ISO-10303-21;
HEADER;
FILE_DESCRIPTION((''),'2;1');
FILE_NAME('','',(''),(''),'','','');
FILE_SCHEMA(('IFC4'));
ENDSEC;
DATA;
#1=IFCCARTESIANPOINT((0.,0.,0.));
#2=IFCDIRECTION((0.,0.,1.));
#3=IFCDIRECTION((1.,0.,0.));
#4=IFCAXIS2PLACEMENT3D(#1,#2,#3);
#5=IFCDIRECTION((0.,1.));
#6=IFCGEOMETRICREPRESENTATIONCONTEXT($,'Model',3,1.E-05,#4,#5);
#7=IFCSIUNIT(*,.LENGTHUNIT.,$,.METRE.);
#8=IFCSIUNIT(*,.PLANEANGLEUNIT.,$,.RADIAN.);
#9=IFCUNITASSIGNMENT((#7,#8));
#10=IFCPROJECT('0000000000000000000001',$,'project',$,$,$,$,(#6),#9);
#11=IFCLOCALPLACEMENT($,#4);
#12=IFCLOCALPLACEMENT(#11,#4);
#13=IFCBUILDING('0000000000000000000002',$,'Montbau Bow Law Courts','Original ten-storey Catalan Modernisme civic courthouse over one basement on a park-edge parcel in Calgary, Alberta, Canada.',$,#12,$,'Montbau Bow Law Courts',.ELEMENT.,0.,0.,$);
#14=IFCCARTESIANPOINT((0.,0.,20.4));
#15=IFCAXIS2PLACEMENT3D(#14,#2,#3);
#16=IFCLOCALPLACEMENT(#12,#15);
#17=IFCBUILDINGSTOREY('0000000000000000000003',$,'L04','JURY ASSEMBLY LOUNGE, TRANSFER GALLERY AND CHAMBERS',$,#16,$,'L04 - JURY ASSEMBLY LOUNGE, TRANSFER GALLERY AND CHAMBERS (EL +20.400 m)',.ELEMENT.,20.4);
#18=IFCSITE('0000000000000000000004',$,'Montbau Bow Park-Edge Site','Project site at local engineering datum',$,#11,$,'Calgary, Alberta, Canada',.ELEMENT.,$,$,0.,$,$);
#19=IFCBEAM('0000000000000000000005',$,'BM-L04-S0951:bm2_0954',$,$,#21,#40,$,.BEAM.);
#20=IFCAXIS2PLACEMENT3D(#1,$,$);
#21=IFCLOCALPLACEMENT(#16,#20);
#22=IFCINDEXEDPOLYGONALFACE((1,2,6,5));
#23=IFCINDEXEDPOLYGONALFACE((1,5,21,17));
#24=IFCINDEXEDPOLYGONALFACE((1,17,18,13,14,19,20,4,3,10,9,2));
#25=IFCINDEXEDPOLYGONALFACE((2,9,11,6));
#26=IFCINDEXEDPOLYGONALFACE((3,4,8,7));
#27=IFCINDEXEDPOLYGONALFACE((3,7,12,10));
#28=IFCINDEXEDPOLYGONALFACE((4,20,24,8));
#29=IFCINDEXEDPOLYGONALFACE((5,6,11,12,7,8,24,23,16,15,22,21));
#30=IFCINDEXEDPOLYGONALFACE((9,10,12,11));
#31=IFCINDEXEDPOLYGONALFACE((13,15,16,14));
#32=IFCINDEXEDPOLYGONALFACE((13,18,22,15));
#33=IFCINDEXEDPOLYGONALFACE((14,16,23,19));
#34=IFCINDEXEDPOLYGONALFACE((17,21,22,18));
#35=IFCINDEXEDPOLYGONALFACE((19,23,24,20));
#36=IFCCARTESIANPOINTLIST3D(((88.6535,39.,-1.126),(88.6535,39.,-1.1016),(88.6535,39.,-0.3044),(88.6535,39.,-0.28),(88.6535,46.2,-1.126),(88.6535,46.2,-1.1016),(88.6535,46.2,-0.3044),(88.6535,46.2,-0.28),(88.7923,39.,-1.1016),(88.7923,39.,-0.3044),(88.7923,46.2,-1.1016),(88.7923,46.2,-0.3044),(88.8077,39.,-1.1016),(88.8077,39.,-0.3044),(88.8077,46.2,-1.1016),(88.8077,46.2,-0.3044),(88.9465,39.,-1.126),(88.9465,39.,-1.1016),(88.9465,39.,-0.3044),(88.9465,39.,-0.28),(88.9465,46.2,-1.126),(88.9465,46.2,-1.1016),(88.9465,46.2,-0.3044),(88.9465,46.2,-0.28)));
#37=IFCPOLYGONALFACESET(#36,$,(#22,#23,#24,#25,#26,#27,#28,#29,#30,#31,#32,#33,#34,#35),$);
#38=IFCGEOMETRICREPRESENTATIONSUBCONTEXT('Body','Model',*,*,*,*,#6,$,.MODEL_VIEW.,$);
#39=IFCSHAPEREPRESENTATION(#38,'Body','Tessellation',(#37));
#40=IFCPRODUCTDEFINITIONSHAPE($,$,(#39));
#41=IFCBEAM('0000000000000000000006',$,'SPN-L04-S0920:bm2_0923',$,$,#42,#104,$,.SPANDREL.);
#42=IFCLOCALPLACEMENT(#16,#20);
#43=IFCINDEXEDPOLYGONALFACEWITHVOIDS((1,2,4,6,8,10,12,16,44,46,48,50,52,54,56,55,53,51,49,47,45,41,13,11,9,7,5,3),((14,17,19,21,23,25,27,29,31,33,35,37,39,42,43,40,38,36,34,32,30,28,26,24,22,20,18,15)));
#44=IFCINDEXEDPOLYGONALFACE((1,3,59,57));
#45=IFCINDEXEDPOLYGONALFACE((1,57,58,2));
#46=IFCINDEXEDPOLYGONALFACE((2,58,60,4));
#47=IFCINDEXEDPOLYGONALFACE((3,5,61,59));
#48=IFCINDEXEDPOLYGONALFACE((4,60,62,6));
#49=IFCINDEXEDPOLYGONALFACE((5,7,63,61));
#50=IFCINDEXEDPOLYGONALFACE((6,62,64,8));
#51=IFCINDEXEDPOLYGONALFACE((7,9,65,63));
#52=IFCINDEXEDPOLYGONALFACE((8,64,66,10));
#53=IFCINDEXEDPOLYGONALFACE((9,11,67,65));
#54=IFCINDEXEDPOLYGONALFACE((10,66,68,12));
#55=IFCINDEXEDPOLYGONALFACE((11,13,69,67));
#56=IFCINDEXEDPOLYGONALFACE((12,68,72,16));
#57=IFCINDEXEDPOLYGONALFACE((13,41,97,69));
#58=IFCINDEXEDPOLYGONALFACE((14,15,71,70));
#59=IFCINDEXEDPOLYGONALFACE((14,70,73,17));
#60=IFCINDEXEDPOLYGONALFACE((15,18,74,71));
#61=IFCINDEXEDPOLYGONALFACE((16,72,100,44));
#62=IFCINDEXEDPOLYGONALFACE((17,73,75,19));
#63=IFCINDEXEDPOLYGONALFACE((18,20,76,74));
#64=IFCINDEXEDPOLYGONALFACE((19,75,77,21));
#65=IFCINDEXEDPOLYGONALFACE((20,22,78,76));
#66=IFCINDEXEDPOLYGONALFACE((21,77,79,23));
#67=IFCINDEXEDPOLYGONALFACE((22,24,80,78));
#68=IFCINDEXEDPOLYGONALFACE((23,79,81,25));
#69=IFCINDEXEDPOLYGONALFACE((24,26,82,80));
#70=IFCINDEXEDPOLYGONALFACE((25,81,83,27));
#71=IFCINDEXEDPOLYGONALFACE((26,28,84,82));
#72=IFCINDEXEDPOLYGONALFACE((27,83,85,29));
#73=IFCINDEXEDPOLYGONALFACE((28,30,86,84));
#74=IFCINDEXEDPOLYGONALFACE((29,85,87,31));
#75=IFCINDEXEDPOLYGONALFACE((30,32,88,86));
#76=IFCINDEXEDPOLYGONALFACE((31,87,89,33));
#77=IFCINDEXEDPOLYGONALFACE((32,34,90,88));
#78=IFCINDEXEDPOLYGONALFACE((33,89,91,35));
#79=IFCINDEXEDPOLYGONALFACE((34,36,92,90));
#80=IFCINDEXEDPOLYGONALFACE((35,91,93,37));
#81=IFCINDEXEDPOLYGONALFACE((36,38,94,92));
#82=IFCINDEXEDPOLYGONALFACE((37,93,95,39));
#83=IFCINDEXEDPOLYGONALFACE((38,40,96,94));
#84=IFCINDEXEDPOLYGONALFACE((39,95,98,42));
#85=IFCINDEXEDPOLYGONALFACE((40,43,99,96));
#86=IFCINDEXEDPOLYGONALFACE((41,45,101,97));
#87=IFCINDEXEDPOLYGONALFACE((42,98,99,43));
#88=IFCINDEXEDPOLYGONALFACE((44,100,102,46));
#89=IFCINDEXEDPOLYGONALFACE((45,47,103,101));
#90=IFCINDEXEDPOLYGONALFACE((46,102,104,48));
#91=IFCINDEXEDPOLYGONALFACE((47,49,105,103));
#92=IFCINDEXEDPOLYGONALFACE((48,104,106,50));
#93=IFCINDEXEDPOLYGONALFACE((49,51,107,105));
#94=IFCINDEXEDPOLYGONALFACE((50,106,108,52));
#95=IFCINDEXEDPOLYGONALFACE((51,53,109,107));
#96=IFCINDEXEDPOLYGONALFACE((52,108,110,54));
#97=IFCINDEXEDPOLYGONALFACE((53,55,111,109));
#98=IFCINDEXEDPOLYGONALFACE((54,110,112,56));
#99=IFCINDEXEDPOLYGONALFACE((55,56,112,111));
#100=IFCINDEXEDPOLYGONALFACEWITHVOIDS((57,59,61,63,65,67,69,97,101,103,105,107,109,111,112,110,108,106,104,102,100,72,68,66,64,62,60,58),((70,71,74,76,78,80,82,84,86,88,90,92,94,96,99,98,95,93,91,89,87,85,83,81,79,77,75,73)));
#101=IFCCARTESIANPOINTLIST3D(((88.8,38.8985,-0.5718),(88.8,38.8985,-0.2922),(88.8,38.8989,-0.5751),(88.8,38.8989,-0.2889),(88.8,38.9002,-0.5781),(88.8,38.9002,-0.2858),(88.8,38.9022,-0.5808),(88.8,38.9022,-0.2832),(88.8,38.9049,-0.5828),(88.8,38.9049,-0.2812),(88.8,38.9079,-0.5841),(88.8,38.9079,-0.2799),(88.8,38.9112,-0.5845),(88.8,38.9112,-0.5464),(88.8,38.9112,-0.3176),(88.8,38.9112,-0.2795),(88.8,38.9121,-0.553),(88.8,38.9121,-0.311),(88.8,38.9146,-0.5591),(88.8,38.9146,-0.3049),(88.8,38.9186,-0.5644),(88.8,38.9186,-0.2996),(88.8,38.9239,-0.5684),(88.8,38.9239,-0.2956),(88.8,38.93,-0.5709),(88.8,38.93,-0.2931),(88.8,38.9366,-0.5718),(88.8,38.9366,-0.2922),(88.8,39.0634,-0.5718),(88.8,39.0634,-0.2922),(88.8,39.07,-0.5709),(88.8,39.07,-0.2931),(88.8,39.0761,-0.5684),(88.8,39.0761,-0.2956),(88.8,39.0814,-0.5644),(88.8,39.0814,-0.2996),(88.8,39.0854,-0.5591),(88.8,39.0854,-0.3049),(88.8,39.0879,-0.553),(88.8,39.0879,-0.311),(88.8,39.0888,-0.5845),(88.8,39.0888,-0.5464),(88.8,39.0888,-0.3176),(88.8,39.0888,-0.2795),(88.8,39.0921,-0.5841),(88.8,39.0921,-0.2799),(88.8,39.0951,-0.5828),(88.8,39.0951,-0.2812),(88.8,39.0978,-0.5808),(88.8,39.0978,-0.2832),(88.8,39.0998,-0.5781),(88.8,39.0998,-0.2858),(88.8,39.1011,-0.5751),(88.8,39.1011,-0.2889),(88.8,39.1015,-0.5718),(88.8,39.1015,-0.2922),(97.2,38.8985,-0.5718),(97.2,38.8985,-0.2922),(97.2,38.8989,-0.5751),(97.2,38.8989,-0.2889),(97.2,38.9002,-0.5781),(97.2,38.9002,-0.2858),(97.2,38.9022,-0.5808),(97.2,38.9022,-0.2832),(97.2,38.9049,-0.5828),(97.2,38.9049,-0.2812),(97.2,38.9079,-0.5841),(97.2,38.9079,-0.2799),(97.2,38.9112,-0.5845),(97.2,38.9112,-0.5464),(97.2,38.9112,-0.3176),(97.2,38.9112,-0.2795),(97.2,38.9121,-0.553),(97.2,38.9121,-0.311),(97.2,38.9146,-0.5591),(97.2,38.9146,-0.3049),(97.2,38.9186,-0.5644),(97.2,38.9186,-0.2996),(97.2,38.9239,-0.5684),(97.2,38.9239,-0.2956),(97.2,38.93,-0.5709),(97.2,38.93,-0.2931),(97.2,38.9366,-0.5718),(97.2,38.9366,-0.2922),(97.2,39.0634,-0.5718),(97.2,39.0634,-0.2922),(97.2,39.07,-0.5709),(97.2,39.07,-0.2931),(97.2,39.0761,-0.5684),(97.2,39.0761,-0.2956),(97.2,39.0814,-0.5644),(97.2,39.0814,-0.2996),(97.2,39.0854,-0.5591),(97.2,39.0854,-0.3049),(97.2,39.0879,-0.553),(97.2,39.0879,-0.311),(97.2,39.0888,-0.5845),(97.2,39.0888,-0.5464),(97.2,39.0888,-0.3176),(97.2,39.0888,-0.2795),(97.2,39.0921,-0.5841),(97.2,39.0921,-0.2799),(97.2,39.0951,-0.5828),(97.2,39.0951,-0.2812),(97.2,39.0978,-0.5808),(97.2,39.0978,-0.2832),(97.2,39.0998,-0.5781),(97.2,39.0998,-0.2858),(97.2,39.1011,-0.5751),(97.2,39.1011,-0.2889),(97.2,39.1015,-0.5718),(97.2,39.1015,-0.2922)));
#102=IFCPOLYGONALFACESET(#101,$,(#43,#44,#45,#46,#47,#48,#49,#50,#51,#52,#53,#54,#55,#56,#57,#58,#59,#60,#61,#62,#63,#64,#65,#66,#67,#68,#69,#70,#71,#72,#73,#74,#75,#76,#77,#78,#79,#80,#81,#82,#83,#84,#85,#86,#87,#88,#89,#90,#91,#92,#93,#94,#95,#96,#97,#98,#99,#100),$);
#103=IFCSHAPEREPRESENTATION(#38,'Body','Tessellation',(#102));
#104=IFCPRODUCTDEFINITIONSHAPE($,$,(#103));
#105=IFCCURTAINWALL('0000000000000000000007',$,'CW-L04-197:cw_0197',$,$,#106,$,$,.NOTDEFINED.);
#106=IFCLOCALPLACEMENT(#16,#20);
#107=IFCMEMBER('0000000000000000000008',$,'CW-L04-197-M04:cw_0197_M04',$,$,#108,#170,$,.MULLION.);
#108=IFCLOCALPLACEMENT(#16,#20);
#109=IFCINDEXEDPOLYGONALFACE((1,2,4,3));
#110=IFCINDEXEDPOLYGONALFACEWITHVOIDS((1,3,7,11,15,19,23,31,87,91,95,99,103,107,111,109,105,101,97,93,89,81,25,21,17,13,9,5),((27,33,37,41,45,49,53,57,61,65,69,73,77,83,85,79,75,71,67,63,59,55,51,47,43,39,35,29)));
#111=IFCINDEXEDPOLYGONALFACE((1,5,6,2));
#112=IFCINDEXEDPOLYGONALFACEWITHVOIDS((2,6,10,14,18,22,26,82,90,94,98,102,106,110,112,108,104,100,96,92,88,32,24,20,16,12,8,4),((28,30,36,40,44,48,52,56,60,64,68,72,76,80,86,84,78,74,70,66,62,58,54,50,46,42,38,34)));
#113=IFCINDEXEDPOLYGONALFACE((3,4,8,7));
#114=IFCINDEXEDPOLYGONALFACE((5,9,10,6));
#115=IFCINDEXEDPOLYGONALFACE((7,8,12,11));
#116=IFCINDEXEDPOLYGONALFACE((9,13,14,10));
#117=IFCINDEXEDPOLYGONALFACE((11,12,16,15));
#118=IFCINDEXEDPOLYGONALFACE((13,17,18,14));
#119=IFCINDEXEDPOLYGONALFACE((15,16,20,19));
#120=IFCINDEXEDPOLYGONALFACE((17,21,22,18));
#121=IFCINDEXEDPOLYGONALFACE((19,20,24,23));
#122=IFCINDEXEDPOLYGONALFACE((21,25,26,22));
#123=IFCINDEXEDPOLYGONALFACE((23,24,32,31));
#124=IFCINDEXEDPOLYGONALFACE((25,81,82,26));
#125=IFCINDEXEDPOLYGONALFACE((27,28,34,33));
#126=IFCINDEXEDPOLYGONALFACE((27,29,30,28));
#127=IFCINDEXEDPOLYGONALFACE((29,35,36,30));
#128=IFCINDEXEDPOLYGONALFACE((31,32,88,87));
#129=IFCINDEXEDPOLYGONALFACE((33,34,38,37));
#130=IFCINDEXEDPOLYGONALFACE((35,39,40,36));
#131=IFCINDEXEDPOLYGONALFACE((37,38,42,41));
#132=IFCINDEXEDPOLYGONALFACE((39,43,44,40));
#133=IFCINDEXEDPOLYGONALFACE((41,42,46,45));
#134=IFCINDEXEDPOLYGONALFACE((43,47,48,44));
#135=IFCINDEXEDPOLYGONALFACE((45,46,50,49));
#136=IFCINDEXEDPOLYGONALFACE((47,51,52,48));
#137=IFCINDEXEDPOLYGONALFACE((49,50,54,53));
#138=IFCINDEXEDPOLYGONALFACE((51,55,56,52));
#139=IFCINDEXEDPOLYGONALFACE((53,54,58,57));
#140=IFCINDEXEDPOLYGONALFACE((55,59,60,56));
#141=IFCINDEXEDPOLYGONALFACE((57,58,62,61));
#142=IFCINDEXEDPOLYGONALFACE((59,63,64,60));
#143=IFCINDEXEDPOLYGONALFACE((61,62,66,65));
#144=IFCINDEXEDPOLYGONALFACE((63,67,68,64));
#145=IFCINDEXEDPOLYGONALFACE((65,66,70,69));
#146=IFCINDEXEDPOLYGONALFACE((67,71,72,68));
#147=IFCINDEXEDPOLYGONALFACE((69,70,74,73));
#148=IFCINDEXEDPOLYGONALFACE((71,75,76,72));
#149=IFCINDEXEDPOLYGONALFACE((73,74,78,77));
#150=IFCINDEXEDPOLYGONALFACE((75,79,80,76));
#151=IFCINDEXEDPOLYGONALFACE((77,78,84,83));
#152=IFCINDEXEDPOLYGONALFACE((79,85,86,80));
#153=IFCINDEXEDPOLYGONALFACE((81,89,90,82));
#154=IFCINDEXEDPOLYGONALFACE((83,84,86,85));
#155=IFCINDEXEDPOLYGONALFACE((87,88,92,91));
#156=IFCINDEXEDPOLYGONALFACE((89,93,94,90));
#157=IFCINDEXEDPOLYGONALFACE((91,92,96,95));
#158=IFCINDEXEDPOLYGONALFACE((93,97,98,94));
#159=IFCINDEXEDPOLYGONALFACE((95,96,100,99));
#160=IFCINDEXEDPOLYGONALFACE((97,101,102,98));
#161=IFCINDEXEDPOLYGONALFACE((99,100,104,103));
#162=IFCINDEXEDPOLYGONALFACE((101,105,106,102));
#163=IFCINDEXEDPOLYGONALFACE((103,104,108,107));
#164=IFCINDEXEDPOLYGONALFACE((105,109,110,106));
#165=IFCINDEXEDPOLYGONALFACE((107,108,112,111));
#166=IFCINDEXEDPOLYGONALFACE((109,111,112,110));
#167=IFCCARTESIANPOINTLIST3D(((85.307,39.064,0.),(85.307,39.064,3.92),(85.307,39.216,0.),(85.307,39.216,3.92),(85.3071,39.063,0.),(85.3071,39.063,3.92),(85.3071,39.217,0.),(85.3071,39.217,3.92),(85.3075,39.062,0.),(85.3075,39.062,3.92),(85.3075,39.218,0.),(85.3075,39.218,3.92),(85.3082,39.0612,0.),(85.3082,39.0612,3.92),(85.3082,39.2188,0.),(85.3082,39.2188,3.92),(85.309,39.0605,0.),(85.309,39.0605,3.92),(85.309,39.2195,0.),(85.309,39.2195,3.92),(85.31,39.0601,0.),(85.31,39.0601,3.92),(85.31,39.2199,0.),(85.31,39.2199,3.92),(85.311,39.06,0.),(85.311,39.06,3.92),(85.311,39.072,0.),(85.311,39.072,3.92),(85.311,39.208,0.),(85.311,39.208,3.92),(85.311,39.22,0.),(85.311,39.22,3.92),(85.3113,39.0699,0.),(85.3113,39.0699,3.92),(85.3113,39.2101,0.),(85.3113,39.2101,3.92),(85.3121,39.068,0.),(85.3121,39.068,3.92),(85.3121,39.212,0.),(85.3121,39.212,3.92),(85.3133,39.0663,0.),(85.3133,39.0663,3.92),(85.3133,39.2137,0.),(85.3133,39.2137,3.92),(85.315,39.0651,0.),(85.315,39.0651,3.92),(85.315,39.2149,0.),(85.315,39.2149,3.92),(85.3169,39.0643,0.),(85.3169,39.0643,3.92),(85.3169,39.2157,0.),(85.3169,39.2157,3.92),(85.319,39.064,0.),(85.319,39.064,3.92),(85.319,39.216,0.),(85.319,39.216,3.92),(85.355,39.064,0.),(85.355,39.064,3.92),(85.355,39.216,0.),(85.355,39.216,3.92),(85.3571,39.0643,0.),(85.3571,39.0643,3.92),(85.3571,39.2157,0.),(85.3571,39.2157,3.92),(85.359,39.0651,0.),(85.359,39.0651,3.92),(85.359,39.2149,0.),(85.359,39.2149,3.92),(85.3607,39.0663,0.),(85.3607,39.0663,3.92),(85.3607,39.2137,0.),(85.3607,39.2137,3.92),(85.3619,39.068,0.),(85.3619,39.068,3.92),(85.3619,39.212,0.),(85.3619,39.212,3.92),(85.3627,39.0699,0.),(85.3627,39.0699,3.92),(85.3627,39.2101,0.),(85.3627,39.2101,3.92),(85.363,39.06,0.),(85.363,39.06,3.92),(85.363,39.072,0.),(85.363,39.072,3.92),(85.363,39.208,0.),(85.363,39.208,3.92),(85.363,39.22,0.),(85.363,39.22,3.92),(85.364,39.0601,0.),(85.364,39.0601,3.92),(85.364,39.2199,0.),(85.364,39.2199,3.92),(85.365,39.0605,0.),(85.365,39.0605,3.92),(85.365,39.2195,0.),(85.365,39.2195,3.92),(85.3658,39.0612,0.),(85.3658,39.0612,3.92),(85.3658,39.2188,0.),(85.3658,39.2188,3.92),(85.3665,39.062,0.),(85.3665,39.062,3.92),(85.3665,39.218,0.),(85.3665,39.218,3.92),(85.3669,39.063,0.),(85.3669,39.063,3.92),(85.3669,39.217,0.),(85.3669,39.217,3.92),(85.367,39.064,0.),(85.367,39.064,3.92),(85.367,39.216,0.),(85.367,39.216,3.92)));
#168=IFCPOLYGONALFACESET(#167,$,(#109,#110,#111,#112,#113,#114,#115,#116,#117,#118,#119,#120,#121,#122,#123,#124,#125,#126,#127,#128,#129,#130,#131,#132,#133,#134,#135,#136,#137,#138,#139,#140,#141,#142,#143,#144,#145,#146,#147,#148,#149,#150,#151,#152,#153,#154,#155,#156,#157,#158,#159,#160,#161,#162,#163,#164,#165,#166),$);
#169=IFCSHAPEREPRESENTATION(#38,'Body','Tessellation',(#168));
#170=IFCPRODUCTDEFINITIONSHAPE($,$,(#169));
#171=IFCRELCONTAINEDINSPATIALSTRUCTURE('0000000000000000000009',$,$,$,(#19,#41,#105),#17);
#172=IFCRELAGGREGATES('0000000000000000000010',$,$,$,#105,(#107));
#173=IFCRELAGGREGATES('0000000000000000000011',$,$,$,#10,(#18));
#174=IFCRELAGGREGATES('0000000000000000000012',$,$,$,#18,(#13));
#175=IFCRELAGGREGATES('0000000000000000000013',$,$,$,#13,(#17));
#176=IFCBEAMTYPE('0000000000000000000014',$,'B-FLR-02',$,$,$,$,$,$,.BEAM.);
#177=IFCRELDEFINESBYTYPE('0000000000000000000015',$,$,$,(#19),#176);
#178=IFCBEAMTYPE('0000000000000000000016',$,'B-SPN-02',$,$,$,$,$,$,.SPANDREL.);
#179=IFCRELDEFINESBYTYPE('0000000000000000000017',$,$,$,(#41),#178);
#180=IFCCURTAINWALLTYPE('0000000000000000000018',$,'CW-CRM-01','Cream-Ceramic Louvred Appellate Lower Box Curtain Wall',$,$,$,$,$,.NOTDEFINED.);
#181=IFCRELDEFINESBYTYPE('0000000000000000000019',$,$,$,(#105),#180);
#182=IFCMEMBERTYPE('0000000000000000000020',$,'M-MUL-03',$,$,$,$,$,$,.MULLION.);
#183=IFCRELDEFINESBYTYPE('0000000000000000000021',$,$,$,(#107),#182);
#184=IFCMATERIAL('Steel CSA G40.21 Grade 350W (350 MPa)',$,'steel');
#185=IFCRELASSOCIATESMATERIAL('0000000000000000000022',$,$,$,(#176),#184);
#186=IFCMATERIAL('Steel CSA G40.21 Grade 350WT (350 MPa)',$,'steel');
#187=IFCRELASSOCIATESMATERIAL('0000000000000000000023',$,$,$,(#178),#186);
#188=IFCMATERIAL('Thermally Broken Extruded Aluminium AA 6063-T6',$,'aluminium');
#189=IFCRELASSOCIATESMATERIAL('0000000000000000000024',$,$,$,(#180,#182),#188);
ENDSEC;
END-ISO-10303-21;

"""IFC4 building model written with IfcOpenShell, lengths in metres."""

from ifc_helpers import new_model, si_unit, direction, frame, origin_with_axes, origin_2d_with_axis, place, context, subcontext, project, spatial, hollow_rectangle, i_section, extrude, material, material_profile, profile_set, type_object, element, aggregate, save


model = new_model("IFC4")

# Units and contexts
model_context = context("Model", 3, precision=1e-05, world=origin_with_axes(), true_north=direction((0.0, 1.0)))
body_context = subcontext(model_context, "Body", "Model", "MODEL_VIEW")
ifc_project = project(units=[si_unit("LENGTHUNIT", "METRE"), si_unit("PLANEANGLEUNIT", "RADIAN")], contexts=[model_context])

# Site, building, storey
site_placement = place(None, origin_with_axes())
site = spatial("IfcSite", under=ifc_project, at=site_placement, Name="Montbau Bow Park-Edge Site", Description="Project site at local engineering datum", LongName="Calgary, Alberta, Canada", CompositionType="ELEMENT", RefElevation=0.0)
building_placement = place(site_placement, origin_with_axes())
building = spatial("IfcBuilding", under=site, at=building_placement, Name="Montbau Bow Law Courts", Description="Original ten-storey Catalan Modernisme civic courthouse over one basement on a park-edge parcel in Calgary, Alberta, Canada.", LongName="Montbau Bow Law Courts", CompositionType="ELEMENT", ElevationOfRefHeight=0.0, ElevationOfTerrain=0.0)
storey_placement = place(building_placement, frame((0.0, 0.0, 20.4), z_axis=(0.0, 0.0, 1.0), x_axis=(1.0, 0.0, 0.0)))
storey = spatial("IfcBuildingStorey", under=building, at=storey_placement, Name="L04", Description="JURY ASSEMBLY LOUNGE, TRANSFER GALLERY AND CHAMBERS", LongName="L04 - JURY ASSEMBLY LOUNGE, TRANSFER GALLERY AND CHAMBERS (EL +20.400 m)", CompositionType="ELEMENT", Elevation=20.4)

# Beams
ifc_material_1 = material(Name="Steel CSA G40.21 Grade 350W (350 MPa)", Category="steel")
ifc_material_profile_1 = material_profile(ifc_material_1, i_section(OverallWidth=0.293, OverallDepth=0.846, WebThickness=0.0154, FlangeThickness=0.0244, at=origin_2d_with_axis()), Name="W840X210", Category="Main", Priority=0)
ifc_profile_set_1 = profile_set([ifc_material_profile_1], Name="Steel CSA G40.21 Grade 350W (350 MPa)")
beam_type_1 = type_object("IfcBeamType", Name="B-FLR-02", PredefinedType="BEAM", material=ifc_profile_set_1)
beam_1_placement = place(None, frame((88.8, 39.0, 19.697), z_axis=(0.0, 1.0, 0.0), x_axis=(-1.0, 0.0, 0.0)))
element("IfcBeam", 1, at=beam_1_placement, inside=storey, type_object=beam_type_1, Name="BM-L04-S0951:bm2_0954", PredefinedType="BEAM", context=body_context, shape_type="SweptSolid", body=[
    extrude(i_section(OverallWidth=0.293, OverallDepth=0.846, WebThickness=0.0154, FlangeThickness=0.0244, at=origin_2d_with_axis()), origin_with_axes(), (0.0, 0.0, 1.0), 7.2),
])
ifc_material_2 = material(Name="Steel CSA G40.21 Grade 350WT (350 MPa)", Category="steel")
ifc_material_profile_2 = material_profile(ifc_material_2, hollow_rectangle(XDim=0.203, YDim=0.305, WallThickness=0.0127, InnerFilletRadius=0.0254, OuterFilletRadius=0.0127, at=origin_2d_with_axis()), Name="HSS305X203X13", Category="Main", Priority=0)
ifc_profile_set_2 = profile_set([ifc_material_profile_2], Name="Steel CSA G40.21 Grade 350WT (350 MPa)")
beam_type_2 = type_object("IfcBeamType", Name="B-SPN-02", PredefinedType="SPANDREL", material=ifc_profile_set_2)
beam_2_placement = place(None, frame((88.8, 39.0, 19.968), z_axis=(1.0, 0.0, 0.0), x_axis=(0.0, 1.0, 0.0)))
element("IfcBeam", 2, at=beam_2_placement, inside=storey, type_object=beam_type_2, Name="SPN-L04-S0920:bm2_0923", PredefinedType="SPANDREL", context=body_context, shape_type="SweptSolid", body=[
    extrude(hollow_rectangle(XDim=0.203, YDim=0.305, WallThickness=0.0127, InnerFilletRadius=0.0254, OuterFilletRadius=0.0127, at=origin_2d_with_axis()), origin_with_axes(), (0.0, 0.0, 1.0), 8.4),
])

# Curtain wall, member
ifc_material_3 = material(Name="Thermally Broken Extruded Aluminium AA 6063-T6", Category="aluminium")
curtain_wall_type = type_object("IfcCurtainWallType", Name="CW-CRM-01", Description="Cream-Ceramic Louvred Appellate Lower Box Curtain Wall", PredefinedType="NOTDEFINED", material=ifc_material_3)
curtain_wall_placement = place(None, frame((80.915, 39.14, 20.4), z_axis=(0.0, 0.0, 1.0), x_axis=(1.0, 0.0, 0.0)))
curtain_wall = element("IfcCurtainWall", 3, at=curtain_wall_placement, inside=storey, type_object=curtain_wall_type, Name="CW-L04-197:cw_0197", PredefinedType="NOTDEFINED")
ifc_material_profile_3 = material_profile(ifc_material_3, hollow_rectangle(XDim=0.06, YDim=0.16, WallThickness=0.004, InnerFilletRadius=0.008, OuterFilletRadius=0.004, at=origin_2d_with_axis()), Name="CWM-160X60", Category="Main", Priority=0)
ifc_profile_set_3 = profile_set([ifc_material_profile_3], Name="Thermally Broken Extruded Aluminium AA 6063-T6")
member_type_1 = type_object("IfcMemberType", Name="M-MUL-03", PredefinedType="MULLION", material=ifc_profile_set_3)
member_1_placement = place(None, frame((85.337, 39.14, 20.4), z_axis=(0.0, 0.0, 1.0), x_axis=(1.0, 0.0, 0.0)))
member_1 = element("IfcMember", 4, at=member_1_placement, type_object=member_type_1, Name="CW-L04-197-M04:cw_0197_M04", PredefinedType="MULLION", context=body_context, shape_type="SweptSolid", body=[
    extrude(hollow_rectangle(XDim=0.06, YDim=0.16, WallThickness=0.004, InnerFilletRadius=0.008, OuterFilletRadius=0.004, at=origin_2d_with_axis()), origin_with_axes(), (0.0, 0.0, 1.0), 3.92),
])
aggregate(curtain_wall, [member_1])

save(model, "model.ifc")
